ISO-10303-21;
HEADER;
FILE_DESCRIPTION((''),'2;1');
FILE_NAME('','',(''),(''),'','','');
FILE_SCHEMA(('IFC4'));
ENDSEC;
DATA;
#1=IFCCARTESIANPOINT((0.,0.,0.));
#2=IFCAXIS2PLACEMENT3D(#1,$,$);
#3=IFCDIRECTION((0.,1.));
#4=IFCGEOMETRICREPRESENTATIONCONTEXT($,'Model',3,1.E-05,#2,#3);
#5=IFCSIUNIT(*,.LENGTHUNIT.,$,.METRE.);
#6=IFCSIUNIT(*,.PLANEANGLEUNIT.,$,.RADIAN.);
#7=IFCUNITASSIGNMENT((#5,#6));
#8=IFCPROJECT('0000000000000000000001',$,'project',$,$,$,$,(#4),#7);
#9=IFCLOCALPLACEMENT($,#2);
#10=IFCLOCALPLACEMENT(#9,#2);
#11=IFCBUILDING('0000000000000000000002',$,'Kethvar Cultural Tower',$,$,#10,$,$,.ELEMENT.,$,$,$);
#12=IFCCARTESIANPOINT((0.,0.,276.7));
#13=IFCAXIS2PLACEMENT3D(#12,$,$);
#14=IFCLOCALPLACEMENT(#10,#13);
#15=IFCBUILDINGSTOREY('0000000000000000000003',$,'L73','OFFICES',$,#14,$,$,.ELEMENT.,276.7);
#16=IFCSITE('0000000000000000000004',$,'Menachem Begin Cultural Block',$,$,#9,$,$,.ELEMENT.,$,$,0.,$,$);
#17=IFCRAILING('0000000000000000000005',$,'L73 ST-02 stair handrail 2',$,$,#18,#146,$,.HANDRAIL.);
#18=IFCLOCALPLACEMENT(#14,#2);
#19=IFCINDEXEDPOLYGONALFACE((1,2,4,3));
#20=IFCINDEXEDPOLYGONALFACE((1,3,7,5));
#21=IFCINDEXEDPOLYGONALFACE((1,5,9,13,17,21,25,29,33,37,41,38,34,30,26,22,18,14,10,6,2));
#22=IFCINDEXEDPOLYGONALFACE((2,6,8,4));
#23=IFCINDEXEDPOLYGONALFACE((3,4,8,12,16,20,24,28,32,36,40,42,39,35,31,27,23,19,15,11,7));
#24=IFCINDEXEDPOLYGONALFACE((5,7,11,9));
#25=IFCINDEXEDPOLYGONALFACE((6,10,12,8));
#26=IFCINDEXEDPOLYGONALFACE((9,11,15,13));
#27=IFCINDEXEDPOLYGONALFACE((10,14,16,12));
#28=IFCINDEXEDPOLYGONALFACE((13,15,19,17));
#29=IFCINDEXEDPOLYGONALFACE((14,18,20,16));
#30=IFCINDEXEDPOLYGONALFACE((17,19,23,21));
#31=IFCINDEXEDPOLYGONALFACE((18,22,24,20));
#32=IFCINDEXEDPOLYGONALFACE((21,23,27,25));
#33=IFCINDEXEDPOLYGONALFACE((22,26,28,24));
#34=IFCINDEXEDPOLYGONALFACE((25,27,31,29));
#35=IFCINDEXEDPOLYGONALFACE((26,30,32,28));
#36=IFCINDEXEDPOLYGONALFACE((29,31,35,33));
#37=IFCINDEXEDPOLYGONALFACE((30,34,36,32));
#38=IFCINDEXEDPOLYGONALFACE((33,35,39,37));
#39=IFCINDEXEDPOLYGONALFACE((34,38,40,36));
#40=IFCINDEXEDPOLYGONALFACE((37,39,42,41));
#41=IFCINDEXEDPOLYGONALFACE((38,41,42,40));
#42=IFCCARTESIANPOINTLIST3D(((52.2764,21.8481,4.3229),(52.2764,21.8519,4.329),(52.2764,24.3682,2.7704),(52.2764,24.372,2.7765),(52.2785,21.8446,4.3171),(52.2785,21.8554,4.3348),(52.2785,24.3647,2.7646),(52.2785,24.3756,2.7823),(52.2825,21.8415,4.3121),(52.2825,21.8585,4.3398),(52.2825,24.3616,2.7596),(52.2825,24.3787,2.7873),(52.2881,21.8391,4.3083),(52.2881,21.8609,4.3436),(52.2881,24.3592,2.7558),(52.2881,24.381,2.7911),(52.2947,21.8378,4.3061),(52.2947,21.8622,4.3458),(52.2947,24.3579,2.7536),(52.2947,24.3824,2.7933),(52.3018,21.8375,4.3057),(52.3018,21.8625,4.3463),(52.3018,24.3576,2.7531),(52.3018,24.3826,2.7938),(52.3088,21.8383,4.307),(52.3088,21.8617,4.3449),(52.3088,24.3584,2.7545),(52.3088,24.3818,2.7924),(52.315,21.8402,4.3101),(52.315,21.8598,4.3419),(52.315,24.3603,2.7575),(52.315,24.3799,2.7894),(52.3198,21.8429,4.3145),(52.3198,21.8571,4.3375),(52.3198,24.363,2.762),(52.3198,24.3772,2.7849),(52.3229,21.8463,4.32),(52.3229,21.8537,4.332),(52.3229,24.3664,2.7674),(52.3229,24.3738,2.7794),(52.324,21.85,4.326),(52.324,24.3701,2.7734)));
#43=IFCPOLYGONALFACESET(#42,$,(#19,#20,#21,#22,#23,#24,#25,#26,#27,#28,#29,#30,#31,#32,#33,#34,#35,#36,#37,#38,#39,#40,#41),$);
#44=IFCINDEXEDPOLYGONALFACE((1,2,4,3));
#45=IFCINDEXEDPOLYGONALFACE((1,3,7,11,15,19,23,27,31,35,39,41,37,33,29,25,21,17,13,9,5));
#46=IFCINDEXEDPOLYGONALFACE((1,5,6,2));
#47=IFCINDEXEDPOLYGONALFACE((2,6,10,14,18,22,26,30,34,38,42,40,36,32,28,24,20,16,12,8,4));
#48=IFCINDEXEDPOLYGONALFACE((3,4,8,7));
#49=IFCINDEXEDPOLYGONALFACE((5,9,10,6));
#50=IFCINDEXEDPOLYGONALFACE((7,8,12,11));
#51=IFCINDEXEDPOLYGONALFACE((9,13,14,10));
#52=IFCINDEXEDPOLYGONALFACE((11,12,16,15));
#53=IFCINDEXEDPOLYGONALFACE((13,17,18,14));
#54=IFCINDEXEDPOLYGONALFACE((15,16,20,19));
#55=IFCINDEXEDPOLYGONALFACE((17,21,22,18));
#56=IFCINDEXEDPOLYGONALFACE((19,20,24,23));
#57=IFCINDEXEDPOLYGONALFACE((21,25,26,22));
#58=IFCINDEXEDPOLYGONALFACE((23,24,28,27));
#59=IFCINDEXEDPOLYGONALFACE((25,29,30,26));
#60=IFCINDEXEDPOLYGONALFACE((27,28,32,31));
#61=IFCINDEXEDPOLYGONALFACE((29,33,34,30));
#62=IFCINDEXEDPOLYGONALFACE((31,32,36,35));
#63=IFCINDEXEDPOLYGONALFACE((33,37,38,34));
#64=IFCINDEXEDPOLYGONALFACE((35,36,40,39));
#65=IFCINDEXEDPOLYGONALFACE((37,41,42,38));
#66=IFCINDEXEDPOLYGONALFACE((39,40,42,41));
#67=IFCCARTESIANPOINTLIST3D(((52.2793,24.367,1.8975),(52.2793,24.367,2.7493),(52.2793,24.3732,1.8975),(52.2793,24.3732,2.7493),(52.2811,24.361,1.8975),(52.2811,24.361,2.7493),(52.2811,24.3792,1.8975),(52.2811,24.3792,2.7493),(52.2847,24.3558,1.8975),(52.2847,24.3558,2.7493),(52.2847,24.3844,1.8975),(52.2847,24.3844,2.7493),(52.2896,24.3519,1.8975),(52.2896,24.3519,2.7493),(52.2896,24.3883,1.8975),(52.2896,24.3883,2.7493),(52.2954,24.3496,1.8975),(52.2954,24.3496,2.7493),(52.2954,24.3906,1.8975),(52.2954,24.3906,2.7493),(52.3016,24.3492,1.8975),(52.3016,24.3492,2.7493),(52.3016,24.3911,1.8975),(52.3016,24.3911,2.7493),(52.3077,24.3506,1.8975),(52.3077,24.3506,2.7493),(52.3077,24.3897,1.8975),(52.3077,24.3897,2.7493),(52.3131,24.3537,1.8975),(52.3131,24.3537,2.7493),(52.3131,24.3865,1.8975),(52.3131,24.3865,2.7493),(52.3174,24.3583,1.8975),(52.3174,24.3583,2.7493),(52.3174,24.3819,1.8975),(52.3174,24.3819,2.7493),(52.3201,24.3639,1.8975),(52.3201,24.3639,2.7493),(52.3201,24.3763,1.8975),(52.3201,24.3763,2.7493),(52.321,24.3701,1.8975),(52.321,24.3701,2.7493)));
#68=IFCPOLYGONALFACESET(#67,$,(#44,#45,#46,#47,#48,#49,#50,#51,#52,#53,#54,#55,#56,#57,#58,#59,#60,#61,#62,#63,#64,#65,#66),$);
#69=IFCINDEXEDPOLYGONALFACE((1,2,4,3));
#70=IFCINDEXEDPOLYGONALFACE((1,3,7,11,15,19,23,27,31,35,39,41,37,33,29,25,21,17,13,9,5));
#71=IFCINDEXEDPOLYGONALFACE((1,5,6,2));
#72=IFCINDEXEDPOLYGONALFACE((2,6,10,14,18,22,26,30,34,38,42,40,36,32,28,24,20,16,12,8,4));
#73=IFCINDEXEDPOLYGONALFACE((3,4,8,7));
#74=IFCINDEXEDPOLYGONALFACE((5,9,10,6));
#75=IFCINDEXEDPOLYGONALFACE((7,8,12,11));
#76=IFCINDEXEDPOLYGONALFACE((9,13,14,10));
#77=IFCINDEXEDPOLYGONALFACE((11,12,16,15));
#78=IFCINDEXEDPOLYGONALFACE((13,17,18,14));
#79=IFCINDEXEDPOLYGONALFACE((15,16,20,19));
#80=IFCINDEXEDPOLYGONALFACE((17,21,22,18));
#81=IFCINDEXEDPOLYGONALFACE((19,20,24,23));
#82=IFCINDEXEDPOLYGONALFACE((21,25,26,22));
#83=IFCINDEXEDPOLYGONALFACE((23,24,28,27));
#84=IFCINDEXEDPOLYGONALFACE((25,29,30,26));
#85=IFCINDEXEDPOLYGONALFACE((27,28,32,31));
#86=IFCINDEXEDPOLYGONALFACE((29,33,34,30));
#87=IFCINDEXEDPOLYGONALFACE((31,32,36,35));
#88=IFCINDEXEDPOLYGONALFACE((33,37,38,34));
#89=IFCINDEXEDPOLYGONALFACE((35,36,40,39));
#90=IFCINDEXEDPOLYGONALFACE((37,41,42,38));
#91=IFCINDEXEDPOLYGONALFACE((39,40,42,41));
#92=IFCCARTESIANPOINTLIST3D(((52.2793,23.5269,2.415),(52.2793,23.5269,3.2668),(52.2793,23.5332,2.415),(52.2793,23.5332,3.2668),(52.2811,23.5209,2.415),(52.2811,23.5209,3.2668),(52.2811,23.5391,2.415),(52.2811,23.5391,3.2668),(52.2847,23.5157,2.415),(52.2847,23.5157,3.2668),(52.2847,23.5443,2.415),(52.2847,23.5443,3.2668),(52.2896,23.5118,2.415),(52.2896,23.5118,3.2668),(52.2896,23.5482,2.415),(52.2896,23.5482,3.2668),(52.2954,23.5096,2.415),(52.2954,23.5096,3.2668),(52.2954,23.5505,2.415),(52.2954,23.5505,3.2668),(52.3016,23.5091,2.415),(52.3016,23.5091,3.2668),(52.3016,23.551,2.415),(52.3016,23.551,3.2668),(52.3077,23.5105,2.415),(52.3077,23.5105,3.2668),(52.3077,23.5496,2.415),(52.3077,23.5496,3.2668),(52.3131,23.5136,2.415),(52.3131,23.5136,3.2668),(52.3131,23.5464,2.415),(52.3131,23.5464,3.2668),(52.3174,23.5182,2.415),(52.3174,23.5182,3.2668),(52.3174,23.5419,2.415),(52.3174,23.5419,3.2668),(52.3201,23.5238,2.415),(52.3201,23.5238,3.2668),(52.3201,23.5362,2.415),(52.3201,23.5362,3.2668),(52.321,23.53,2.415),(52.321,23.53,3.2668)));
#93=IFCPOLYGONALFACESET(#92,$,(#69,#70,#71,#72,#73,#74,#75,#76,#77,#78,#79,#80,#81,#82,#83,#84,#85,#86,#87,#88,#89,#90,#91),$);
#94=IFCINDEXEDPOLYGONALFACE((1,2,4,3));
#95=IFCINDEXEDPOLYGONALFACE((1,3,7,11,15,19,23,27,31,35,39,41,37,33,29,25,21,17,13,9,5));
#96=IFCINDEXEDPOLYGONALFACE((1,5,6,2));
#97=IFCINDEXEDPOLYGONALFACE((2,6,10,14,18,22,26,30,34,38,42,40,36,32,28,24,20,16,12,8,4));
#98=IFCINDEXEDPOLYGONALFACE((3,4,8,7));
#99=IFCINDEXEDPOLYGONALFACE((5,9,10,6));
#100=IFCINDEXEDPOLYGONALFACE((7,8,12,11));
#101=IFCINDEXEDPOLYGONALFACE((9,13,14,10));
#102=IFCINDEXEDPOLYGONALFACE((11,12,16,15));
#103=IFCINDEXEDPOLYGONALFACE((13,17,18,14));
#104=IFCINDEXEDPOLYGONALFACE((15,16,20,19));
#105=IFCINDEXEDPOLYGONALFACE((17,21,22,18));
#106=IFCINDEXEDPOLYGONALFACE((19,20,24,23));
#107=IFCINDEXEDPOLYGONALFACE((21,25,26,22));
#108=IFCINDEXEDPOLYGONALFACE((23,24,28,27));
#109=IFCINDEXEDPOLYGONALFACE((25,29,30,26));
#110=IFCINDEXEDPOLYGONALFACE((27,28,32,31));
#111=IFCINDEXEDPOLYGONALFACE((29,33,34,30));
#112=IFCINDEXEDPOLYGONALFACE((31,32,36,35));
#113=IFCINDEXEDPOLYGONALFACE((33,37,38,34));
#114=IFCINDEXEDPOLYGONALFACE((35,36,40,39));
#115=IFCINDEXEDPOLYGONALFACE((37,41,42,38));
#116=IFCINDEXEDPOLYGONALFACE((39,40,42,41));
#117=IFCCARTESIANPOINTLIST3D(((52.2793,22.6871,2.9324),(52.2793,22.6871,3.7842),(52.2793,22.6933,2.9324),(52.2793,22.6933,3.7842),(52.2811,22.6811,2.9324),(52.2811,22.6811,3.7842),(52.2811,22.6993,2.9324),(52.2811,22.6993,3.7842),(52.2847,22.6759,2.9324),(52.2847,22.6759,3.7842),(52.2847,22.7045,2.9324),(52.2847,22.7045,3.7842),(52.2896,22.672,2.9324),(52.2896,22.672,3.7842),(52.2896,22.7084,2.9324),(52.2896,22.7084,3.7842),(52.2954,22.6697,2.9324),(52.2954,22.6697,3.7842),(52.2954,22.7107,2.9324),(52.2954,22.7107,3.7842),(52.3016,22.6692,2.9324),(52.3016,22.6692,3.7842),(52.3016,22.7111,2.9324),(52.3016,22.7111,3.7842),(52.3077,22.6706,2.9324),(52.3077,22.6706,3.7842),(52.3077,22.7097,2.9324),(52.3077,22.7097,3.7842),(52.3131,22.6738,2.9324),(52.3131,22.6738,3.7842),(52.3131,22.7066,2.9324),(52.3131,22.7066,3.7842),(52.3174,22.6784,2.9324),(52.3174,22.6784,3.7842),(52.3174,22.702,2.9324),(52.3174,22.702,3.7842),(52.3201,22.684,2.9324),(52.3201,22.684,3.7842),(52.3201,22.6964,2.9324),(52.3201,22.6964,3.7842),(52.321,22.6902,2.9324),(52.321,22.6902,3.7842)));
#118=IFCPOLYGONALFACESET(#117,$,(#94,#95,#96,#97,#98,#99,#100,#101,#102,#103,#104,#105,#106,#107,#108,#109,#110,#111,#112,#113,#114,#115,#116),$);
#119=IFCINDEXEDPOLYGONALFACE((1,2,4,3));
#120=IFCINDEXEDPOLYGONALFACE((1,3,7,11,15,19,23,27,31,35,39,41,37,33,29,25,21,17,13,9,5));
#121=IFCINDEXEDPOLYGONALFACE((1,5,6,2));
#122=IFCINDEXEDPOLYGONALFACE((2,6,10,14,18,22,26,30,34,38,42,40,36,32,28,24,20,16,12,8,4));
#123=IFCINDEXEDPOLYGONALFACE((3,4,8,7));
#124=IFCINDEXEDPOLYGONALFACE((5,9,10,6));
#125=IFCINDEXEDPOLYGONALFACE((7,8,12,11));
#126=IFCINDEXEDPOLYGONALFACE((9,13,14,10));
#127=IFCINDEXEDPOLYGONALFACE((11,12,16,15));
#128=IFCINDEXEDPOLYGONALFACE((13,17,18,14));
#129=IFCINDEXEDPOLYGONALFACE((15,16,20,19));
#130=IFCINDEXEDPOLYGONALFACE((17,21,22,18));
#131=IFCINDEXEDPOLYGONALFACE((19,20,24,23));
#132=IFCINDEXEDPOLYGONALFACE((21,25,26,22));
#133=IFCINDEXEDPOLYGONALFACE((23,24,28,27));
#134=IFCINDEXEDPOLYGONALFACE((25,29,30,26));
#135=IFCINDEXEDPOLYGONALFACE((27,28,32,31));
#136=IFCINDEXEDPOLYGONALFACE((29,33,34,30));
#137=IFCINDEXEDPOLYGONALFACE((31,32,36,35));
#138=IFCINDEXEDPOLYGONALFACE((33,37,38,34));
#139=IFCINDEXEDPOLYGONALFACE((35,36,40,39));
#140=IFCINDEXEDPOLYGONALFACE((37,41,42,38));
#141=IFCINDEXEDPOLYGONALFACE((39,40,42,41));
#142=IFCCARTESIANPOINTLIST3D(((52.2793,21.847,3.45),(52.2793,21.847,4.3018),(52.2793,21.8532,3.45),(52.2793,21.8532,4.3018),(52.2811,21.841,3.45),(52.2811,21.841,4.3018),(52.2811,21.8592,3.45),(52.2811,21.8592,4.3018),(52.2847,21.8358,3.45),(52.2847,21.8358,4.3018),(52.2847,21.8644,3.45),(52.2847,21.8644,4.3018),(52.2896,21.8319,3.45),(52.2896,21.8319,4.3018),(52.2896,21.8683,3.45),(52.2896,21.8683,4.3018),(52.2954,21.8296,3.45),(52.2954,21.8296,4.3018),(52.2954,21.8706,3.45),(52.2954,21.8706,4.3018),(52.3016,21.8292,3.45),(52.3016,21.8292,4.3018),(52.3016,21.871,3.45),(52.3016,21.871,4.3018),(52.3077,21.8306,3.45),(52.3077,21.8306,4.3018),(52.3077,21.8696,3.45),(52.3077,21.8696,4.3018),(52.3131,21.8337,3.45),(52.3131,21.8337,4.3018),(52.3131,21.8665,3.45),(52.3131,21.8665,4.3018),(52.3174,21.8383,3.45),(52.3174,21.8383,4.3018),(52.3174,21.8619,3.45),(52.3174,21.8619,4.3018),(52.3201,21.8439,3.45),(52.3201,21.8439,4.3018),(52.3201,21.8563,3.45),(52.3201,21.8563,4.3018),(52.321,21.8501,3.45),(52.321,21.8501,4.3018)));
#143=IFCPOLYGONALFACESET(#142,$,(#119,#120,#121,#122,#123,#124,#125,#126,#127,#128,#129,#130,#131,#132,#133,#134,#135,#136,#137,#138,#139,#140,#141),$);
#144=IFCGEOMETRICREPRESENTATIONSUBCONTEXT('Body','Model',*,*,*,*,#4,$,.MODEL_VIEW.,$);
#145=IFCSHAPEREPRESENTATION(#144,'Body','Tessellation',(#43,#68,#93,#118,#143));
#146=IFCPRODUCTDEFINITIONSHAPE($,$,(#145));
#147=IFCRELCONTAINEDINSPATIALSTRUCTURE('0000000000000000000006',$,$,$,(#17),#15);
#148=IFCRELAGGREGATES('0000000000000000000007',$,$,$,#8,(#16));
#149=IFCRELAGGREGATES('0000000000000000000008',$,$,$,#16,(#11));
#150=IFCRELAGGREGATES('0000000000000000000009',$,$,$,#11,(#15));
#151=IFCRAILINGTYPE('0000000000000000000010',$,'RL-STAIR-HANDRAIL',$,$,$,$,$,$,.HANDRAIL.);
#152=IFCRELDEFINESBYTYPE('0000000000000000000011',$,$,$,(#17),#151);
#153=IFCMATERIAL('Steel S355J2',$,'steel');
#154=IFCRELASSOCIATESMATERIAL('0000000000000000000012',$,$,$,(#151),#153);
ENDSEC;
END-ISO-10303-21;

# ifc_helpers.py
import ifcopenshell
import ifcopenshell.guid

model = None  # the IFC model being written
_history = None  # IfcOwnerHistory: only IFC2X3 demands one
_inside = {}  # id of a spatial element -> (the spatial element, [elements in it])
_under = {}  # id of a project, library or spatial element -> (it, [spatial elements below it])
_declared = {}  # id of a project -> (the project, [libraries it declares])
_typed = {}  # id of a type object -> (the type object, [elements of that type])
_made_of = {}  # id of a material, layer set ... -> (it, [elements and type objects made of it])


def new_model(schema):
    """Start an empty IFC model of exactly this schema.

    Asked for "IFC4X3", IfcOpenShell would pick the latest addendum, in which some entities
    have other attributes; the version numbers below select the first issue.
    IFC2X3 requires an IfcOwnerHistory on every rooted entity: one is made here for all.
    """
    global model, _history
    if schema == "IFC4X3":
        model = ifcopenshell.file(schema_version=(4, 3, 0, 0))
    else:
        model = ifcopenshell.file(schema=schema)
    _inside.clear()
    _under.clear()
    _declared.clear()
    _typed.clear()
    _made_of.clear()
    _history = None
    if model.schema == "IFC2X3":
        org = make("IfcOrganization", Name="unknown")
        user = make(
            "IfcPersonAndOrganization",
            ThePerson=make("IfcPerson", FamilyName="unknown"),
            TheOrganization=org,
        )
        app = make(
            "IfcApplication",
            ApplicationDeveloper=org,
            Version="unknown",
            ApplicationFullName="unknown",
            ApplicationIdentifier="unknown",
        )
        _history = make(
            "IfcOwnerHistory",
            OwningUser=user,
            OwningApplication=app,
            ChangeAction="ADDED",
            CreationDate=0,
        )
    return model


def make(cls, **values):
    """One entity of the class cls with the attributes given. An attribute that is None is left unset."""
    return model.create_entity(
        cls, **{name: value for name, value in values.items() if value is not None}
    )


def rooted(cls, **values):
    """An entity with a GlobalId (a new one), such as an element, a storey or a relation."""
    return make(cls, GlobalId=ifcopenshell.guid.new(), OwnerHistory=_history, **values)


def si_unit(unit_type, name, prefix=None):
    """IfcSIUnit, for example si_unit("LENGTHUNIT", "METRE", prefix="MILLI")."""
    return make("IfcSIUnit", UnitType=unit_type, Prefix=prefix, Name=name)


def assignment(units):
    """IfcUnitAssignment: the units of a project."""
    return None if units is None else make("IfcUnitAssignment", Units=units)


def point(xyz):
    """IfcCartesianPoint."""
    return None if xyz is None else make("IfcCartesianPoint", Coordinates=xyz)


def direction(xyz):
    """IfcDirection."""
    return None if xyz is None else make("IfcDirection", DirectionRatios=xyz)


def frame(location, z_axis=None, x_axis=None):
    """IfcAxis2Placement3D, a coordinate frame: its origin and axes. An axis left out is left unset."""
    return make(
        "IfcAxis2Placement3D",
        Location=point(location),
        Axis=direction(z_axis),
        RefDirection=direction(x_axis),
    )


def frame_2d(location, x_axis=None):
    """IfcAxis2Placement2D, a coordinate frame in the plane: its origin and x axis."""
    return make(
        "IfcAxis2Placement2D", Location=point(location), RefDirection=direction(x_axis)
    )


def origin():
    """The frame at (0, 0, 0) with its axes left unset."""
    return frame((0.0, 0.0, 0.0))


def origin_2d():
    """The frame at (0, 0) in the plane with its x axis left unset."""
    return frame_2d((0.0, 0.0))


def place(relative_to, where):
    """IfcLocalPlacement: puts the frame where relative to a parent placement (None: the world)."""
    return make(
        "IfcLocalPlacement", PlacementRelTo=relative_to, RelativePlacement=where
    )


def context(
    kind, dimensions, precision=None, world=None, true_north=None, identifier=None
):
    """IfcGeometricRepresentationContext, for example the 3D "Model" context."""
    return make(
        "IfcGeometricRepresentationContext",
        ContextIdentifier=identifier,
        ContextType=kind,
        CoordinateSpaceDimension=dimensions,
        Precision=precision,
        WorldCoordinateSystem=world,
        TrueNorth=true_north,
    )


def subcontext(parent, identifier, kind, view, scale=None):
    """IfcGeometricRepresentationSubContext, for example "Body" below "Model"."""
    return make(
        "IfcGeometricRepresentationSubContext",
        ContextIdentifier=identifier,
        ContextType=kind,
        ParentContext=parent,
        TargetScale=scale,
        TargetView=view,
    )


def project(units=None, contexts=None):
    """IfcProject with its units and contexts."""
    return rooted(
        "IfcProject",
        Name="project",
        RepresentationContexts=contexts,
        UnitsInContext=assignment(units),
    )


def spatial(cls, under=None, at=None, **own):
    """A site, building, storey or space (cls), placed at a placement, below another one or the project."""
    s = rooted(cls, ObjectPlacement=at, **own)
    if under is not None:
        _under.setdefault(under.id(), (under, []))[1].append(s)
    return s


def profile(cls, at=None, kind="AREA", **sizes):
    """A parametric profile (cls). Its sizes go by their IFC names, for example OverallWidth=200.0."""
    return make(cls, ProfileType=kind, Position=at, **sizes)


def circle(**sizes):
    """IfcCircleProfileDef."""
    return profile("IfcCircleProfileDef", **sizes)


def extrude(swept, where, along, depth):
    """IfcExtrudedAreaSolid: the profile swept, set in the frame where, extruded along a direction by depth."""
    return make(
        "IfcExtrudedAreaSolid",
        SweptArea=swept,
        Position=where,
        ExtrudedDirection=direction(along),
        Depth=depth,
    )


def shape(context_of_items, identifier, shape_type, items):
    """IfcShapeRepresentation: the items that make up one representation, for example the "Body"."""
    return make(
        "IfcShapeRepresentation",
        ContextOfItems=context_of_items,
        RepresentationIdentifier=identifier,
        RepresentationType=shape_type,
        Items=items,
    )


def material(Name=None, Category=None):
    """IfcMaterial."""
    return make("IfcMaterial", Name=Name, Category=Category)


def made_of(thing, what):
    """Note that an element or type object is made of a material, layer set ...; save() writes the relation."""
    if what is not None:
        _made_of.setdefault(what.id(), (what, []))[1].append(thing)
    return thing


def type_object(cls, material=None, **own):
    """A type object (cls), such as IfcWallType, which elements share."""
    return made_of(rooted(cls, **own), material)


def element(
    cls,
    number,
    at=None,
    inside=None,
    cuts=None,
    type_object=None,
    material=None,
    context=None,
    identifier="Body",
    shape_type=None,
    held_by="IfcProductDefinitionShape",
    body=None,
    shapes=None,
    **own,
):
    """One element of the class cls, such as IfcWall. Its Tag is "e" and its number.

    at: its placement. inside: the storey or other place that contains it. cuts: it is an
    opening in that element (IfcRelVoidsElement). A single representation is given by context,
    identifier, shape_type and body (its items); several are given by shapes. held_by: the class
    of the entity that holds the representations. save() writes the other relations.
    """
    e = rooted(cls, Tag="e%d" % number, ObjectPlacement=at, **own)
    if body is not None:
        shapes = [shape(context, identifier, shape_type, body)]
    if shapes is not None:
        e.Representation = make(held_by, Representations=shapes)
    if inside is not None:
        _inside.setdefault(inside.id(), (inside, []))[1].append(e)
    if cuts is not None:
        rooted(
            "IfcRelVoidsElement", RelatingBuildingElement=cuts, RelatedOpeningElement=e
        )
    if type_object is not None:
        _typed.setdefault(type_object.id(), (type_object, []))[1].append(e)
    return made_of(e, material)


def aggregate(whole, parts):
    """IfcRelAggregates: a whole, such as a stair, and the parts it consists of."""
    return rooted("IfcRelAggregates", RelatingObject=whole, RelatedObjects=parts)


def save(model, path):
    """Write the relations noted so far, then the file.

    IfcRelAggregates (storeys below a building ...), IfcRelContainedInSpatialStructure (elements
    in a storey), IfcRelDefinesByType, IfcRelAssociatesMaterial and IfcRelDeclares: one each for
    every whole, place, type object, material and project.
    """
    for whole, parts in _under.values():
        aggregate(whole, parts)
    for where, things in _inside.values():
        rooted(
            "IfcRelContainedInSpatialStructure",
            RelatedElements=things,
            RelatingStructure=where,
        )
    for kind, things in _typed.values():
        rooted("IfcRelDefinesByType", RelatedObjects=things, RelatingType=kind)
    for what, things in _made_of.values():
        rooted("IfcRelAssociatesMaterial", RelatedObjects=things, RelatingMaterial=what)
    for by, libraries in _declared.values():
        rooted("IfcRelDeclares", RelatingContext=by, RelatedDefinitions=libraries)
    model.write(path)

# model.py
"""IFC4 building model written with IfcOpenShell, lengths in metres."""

from ifc_helpers import new_model, si_unit, direction, frame, origin, origin_2d, place, context, subcontext, project, spatial, circle, extrude, material, type_object, element, save


model = new_model("IFC4")

# Units and contexts
model_context = context("Model", 3, precision=1e-05, world=origin(), true_north=direction((0.0, 1.0)))
body_context = subcontext(model_context, "Body", "Model", "MODEL_VIEW")
ifc_project = project(units=[si_unit("LENGTHUNIT", "METRE"), si_unit("PLANEANGLEUNIT", "RADIAN")], contexts=[model_context])

# Site, building, storey
site_placement = place(None, origin())
site = spatial("IfcSite", under=ifc_project, at=site_placement, Name="Menachem Begin Cultural Block", CompositionType="ELEMENT", RefElevation=0.0)
building_placement = place(site_placement, origin())
building = spatial("IfcBuilding", under=site, at=building_placement, Name="Kethvar Cultural Tower", CompositionType="ELEMENT")
storey_placement = place(building_placement, frame((0.0, 0.0, 276.7)))
storey = spatial("IfcBuildingStorey", under=building, at=storey_placement, Name="L73", Description="OFFICES", CompositionType="ELEMENT", Elevation=276.7)

# Shared definitions
ifc_material_1 = material(Name="Steel S355J2", Category="steel")

# Railing
railing_type_1 = type_object("IfcRailingType", Name="RL-STAIR-HANDRAIL", PredefinedType="HANDRAIL", material=ifc_material_1)
railing_1_placement = place(storey_placement, frame((52.3, 24.3701, 1.8975)))
element("IfcRailing", 1, at=railing_1_placement, inside=storey, type_object=railing_type_1, Name="L73 ST-02 stair handrail 2", PredefinedType="HANDRAIL", context=body_context, shape_type="SweptSolid", body=[
    extrude(circle(Radius=0.0239, at=origin_2d()), frame((0.0, 0.0, 0.876), z_axis=(0.0, -0.8514, 0.524516), x_axis=(1.0, 0.0, 0.0)), (0.0, 0.0, 1.0), 2.96),
    extrude(circle(Radius=0.021, at=origin_2d()), origin(), (0.0, 0.0, 1.0), 0.8518),
    extrude(circle(Radius=0.021, at=origin_2d()), frame((0.0, -0.8401, 0.5176)), (0.0, 0.0, 1.0), 0.8518),
    extrude(circle(Radius=0.021, at=origin_2d()), frame((0.0, -1.6799, 1.0349)), (0.0, 0.0, 1.0), 0.8518),
    extrude(circle(Radius=0.021, at=origin_2d()), frame((0.0, -2.52, 1.5525)), (0.0, 0.0, 1.0), 0.8518),
])

save(model, "model.ifc")
